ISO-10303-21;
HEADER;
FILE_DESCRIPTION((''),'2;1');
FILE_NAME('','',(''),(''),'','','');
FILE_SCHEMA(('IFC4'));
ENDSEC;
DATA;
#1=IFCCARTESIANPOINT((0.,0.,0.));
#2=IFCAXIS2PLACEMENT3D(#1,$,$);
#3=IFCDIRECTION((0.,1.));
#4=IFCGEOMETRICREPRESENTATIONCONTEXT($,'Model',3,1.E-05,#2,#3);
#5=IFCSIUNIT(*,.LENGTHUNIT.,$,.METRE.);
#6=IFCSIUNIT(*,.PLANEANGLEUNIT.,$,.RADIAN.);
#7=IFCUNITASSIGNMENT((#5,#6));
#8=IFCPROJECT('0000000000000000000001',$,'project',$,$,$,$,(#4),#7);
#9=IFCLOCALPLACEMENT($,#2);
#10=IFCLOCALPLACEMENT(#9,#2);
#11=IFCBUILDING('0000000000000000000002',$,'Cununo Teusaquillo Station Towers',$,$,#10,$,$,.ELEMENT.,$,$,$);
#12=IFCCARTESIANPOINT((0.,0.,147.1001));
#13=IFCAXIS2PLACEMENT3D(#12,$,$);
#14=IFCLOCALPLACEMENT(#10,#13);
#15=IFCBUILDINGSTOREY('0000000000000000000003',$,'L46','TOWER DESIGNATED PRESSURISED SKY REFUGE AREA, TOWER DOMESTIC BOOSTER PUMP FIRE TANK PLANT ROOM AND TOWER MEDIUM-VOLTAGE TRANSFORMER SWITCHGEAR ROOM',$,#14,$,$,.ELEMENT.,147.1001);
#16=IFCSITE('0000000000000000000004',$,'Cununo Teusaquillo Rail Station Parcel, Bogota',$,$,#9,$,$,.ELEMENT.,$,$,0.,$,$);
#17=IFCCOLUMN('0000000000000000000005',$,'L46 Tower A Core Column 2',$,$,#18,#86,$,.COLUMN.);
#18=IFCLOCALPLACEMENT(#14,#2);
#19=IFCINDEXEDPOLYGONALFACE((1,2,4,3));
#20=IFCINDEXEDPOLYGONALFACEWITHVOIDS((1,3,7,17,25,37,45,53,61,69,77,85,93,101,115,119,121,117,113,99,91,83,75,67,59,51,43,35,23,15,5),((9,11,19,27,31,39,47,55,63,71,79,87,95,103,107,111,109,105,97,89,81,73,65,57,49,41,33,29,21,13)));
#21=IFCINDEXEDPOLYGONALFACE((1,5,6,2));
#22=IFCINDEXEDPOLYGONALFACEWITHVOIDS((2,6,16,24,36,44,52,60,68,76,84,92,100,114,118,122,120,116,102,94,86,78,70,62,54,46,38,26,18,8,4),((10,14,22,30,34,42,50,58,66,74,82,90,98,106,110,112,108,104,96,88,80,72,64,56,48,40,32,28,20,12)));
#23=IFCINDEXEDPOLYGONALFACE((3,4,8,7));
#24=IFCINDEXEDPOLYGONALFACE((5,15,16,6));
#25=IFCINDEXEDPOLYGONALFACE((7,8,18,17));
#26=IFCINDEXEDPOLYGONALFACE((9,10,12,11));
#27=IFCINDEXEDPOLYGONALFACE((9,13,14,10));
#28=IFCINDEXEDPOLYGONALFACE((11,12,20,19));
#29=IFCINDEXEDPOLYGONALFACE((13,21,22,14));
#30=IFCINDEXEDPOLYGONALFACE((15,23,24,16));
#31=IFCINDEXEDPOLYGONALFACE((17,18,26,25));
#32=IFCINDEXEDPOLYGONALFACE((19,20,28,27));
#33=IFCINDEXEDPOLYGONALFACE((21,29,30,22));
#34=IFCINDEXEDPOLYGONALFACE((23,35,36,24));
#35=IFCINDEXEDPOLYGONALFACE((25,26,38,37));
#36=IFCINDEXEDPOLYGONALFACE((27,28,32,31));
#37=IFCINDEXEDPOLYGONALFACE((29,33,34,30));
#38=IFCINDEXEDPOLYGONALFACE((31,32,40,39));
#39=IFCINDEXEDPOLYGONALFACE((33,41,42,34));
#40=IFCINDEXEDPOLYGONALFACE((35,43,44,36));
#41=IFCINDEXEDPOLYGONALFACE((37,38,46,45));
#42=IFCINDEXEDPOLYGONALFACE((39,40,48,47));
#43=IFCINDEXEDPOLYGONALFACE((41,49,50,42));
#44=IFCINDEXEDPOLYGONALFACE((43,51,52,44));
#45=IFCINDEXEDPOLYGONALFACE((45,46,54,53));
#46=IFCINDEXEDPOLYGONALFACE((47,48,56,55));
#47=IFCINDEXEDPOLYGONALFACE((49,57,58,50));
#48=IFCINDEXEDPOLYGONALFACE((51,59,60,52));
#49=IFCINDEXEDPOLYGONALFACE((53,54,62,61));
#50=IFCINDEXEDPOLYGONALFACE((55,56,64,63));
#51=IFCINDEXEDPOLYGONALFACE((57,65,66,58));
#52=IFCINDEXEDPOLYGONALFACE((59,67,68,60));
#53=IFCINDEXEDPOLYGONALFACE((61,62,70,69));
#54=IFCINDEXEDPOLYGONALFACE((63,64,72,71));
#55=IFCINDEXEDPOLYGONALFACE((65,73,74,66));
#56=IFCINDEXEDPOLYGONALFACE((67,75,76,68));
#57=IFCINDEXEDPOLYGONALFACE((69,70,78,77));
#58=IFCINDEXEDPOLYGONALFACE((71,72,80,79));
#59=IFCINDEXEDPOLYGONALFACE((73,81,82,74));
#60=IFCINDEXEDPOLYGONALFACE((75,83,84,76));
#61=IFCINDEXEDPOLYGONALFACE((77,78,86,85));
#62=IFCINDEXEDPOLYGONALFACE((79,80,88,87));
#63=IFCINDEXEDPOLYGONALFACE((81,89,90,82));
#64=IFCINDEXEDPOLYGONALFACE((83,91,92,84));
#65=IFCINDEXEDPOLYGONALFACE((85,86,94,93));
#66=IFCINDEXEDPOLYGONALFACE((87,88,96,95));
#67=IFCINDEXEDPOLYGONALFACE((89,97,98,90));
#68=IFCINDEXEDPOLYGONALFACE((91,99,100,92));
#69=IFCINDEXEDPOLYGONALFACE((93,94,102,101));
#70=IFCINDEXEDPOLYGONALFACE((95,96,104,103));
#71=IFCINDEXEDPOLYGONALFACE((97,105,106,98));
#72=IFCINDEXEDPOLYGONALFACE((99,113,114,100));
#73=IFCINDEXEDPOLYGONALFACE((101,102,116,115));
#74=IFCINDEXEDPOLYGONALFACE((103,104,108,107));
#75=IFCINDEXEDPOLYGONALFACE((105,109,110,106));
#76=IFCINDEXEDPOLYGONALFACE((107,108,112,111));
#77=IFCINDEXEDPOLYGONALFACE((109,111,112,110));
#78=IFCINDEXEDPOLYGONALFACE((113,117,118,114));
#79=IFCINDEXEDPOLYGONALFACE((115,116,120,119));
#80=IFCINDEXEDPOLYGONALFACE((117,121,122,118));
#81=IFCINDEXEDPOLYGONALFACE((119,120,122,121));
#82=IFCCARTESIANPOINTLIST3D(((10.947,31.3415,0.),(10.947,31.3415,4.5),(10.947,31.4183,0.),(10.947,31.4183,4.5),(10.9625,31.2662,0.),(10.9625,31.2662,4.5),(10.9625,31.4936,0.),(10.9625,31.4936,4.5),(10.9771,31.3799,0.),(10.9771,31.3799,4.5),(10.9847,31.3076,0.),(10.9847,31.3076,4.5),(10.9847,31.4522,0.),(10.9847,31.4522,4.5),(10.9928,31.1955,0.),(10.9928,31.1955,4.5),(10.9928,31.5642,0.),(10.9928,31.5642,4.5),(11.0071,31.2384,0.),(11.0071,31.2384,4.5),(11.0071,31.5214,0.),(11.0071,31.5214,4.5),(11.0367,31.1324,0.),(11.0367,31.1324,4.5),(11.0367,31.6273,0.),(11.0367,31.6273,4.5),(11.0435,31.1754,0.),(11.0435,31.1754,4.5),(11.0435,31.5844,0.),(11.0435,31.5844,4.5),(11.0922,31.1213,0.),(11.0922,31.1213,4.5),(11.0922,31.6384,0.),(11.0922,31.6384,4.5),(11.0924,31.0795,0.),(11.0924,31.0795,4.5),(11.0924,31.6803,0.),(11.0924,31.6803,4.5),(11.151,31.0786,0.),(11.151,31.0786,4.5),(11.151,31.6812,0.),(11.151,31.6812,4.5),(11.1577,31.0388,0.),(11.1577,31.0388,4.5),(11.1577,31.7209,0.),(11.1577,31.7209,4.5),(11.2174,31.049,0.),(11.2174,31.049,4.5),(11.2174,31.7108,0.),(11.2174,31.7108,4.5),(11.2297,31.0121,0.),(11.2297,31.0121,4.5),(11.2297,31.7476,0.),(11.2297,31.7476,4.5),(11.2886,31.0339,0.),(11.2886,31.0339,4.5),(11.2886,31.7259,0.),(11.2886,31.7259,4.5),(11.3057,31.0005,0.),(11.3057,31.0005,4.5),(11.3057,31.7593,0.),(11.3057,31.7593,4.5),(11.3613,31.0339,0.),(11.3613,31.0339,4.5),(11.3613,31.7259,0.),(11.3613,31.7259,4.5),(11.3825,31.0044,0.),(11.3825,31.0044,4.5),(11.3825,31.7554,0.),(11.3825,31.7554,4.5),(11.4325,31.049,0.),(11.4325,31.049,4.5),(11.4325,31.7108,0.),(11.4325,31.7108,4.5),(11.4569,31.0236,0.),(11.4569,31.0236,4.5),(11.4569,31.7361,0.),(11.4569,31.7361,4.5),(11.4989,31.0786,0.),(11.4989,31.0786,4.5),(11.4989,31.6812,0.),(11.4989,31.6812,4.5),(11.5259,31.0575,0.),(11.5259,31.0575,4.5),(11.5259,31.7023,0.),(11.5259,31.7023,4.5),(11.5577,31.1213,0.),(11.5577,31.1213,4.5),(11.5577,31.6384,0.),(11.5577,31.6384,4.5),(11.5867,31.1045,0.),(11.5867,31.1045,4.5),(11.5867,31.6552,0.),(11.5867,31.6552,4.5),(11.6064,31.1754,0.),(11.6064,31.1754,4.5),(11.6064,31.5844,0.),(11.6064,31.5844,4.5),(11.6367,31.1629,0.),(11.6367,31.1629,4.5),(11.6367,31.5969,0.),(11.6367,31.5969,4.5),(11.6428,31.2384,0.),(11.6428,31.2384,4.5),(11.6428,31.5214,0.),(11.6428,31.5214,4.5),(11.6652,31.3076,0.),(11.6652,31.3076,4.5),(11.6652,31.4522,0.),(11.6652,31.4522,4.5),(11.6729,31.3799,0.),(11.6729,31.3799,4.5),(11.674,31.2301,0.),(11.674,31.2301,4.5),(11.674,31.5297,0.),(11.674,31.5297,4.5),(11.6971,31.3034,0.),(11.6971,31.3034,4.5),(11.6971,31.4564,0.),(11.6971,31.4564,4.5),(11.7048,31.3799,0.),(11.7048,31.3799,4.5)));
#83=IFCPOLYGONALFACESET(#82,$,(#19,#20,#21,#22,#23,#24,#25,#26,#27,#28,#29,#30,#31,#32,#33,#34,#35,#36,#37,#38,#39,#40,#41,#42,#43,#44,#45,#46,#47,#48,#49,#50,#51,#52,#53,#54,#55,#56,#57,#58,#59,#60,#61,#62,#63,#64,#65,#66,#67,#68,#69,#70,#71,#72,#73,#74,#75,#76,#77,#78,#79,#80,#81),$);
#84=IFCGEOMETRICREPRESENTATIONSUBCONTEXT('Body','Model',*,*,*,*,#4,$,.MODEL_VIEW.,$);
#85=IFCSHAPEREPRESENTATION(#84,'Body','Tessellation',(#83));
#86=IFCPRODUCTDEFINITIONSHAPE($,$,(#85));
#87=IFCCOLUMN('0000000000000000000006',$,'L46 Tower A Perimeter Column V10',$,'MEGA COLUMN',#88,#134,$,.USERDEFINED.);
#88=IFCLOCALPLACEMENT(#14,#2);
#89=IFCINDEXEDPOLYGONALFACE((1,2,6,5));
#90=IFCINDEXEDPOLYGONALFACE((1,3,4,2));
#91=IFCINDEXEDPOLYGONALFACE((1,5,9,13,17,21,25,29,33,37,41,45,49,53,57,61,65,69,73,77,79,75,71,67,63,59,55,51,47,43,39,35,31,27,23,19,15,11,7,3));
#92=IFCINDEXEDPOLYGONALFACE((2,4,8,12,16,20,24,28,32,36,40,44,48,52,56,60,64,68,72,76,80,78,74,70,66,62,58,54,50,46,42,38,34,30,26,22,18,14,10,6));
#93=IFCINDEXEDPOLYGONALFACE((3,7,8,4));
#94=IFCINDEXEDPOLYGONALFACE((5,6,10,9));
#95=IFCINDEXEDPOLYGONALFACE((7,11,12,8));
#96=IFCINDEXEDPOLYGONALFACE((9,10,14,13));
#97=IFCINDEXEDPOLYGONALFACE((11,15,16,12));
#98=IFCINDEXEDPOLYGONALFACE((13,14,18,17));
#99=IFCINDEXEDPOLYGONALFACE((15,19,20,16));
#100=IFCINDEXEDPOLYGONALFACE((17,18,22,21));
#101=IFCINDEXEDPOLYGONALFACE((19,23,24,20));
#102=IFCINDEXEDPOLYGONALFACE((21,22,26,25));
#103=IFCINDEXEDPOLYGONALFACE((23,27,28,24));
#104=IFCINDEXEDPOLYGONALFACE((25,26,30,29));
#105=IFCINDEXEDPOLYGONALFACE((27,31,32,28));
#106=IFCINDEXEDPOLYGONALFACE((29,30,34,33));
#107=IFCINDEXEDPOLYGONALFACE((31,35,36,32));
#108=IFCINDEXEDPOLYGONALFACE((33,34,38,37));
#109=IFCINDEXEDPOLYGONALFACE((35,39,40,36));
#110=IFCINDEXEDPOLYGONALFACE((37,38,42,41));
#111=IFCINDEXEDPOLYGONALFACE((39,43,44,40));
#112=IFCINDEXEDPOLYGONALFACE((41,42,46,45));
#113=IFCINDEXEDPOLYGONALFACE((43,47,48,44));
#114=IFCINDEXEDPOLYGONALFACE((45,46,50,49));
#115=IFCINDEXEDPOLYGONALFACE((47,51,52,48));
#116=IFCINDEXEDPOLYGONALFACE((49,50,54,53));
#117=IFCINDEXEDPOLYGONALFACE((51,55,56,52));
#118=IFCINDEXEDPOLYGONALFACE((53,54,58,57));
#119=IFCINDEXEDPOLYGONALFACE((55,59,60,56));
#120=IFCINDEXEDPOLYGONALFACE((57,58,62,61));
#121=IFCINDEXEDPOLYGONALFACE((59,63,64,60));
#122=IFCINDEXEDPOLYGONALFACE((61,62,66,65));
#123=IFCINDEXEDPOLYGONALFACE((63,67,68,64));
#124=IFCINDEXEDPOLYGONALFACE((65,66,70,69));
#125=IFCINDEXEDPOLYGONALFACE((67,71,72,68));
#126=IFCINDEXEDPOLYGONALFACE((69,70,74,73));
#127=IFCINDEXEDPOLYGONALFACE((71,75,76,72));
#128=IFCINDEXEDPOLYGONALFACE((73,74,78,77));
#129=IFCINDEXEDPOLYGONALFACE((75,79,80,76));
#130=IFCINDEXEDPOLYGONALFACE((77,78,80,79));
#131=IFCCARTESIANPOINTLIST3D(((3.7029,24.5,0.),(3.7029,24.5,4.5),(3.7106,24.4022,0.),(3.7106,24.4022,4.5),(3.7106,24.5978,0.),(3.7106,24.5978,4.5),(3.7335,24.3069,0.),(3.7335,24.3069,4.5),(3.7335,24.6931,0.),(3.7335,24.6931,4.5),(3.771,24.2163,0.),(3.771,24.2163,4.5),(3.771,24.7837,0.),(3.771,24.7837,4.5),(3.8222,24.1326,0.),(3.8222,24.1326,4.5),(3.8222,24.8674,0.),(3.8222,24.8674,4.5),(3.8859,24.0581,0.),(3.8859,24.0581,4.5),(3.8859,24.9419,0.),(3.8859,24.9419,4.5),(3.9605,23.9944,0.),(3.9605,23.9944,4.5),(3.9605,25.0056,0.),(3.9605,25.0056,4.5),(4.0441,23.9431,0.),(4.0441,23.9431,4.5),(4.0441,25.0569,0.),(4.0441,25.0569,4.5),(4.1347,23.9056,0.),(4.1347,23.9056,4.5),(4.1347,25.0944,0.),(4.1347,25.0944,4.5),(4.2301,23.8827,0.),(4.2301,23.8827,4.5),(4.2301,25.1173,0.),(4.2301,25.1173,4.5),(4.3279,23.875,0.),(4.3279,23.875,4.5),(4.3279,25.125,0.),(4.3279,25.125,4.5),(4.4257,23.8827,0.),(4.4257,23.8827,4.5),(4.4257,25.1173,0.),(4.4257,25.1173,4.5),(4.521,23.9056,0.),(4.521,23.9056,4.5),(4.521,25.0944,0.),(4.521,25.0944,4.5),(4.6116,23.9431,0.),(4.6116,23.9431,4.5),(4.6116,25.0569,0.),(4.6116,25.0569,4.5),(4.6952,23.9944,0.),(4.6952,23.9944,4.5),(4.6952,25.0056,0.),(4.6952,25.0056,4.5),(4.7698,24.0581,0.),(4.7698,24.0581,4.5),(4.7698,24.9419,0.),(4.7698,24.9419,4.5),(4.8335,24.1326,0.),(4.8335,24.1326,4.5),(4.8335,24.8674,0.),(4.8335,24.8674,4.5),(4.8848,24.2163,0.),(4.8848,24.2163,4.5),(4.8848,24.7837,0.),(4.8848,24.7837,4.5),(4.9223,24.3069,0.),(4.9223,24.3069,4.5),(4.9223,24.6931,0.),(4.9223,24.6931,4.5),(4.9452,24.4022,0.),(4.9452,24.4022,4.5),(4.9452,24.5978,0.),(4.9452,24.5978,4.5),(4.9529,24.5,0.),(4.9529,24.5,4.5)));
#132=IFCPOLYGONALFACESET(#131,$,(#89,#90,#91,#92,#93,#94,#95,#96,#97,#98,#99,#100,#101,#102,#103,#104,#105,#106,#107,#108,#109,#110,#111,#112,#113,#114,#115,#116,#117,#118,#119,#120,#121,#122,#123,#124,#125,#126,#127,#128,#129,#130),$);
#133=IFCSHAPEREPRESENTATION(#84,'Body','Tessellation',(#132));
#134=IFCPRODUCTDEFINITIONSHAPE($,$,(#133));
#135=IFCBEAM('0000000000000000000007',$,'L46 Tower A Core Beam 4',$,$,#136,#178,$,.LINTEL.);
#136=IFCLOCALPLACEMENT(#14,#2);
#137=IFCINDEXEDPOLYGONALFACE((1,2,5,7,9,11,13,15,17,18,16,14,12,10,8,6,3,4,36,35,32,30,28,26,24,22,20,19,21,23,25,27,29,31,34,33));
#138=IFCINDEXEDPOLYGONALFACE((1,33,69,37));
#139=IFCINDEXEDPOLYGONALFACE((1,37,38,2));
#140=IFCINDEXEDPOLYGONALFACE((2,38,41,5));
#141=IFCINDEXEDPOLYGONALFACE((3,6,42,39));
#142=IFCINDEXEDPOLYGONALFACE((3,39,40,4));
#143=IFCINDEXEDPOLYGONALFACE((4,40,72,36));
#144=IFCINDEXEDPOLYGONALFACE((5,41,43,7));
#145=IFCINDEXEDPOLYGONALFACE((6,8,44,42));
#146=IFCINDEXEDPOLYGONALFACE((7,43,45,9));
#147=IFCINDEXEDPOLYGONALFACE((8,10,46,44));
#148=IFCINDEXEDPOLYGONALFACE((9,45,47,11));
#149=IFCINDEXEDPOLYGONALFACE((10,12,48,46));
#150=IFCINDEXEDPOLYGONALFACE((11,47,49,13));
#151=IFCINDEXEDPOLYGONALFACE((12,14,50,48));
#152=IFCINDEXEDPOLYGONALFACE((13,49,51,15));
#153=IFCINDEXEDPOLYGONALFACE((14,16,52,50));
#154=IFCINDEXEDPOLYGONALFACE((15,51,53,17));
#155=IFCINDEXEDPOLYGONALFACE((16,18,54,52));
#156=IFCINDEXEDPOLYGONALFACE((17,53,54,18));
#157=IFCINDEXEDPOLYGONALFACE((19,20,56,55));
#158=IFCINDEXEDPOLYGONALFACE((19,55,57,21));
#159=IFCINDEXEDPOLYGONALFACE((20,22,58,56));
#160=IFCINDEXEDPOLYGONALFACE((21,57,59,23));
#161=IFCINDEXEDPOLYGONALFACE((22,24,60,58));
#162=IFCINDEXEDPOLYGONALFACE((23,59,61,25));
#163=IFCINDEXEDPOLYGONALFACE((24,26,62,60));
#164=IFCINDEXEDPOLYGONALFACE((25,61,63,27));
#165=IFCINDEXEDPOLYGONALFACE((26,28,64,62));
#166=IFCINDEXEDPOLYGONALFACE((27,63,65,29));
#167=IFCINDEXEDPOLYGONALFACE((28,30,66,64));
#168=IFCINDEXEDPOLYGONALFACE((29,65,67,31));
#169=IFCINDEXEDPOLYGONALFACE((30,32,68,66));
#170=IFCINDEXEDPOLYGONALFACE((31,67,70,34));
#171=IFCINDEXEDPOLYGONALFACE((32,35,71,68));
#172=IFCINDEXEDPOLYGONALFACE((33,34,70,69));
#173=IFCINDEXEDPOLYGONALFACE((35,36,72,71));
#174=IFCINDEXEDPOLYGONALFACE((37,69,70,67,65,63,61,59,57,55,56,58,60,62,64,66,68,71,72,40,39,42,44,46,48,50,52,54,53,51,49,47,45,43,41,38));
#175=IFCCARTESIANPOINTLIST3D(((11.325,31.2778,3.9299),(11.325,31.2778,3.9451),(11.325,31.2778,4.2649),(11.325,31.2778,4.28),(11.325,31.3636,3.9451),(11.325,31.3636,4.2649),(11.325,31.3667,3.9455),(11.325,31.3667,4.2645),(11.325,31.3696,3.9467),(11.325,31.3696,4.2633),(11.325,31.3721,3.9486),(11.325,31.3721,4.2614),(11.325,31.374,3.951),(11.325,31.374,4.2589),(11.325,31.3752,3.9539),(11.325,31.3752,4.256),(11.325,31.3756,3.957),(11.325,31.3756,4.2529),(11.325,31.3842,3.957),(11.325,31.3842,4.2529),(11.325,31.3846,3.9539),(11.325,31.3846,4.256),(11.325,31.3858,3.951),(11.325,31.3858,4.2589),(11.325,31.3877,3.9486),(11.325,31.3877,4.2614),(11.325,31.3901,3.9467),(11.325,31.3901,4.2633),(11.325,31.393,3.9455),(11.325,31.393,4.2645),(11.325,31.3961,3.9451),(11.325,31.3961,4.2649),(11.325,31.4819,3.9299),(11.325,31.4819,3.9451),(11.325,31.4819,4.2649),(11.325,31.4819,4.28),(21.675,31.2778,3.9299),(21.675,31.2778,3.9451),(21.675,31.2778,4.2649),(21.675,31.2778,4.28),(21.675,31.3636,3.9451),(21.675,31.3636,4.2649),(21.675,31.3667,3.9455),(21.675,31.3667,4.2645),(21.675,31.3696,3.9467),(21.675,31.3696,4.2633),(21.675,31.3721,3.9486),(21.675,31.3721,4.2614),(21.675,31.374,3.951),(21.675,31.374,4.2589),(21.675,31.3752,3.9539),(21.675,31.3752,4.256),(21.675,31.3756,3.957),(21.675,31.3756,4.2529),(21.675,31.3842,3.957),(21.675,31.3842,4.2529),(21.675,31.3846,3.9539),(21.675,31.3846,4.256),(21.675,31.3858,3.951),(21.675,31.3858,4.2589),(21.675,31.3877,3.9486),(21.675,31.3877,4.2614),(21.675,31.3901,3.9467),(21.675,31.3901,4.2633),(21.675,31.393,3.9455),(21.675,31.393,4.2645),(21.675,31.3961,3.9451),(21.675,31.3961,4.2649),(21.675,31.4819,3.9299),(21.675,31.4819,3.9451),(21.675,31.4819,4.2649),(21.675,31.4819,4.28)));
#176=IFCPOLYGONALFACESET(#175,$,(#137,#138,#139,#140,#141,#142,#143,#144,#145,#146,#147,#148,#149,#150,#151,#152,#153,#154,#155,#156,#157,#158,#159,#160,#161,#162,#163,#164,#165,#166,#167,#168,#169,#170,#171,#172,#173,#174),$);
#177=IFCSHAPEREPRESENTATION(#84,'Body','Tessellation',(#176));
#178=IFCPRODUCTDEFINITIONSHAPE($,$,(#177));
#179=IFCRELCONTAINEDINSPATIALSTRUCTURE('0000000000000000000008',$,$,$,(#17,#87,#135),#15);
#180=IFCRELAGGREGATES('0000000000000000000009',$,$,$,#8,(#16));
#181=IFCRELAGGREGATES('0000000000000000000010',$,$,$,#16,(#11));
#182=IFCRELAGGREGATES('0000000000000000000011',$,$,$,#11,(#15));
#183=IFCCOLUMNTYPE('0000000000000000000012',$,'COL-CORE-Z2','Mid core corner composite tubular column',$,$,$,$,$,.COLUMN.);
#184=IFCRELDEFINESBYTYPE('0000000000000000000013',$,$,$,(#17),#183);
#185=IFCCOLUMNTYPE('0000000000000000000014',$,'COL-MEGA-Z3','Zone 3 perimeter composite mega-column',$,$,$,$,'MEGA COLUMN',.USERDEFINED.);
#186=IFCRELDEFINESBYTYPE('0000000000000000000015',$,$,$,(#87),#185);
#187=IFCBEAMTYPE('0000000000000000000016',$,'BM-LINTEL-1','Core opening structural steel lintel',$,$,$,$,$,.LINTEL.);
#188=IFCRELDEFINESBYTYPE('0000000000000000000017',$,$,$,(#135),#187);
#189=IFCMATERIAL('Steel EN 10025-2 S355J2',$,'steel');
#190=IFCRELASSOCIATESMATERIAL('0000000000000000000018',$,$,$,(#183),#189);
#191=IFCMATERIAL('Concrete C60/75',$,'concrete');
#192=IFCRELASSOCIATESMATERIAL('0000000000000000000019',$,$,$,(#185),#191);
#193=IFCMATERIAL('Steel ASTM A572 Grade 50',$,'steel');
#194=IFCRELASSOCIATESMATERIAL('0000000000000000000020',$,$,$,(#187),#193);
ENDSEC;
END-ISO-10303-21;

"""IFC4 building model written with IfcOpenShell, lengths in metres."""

from ifc_helpers import new_model, si_unit, direction, frame, origin, origin_2d, place, context, subcontext, project, spatial, circle, hollow_circle, i_section, extrude, material, material_profile, profile_set, type_object, element, save


model = new_model("IFC4")

# Units and contexts
model_context = context("Model", 3, precision=1e-05, world=origin(), true_north=direction((0.0, 1.0)))
body_context = subcontext(model_context, "Body", "Model", "MODEL_VIEW")
ifc_project = project(units=[si_unit("LENGTHUNIT", "METRE"), si_unit("PLANEANGLEUNIT", "RADIAN")], contexts=[model_context])

# Site, building, storey
site_placement = place(None, origin())
site = spatial("IfcSite", under=ifc_project, at=site_placement, Name="Cununo Teusaquillo Rail Station Parcel, Bogota", CompositionType="ELEMENT", RefElevation=0.0)
building_placement = place(site_placement, origin())
building = spatial("IfcBuilding", under=site, at=building_placement, Name="Cununo Teusaquillo Station Towers", CompositionType="ELEMENT")
storey_placement = place(building_placement, frame((0.0, 0.0, 147.1001)))
storey = spatial("IfcBuildingStorey", under=building, at=storey_placement, Name="L46", Description="TOWER DESIGNATED PRESSURISED SKY REFUGE AREA, TOWER DOMESTIC BOOSTER PUMP FIRE TANK PLANT ROOM AND TOWER MEDIUM-VOLTAGE TRANSFORMER SWITCHGEAR ROOM", CompositionType="ELEMENT", Elevation=147.1001)

# Columns
ifc_material_1 = material(Name="Steel EN 10025-2 S355J2", Category="steel")
ifc_material_profile_1 = material_profile(ifc_material_1, hollow_circle(Radius=0.3799, WallThickness=0.032, at=origin_2d()), Name="CHS 760x32")
ifc_profile_set_1 = profile_set([ifc_material_profile_1], Name="Steel EN 10025-2 S355J2")
column_type_1 = type_object("IfcColumnType", Name="COL-CORE-Z2", Description="Mid core corner composite tubular column", PredefinedType="COLUMN", material=ifc_profile_set_1)
column_1_placement = place(storey_placement, frame((11.325, 31.3799, 0.0), z_axis=(0.0, 0.0, 1.0), x_axis=(1.0, 0.0, 0.0)))
element("IfcColumn", 1, at=column_1_placement, inside=storey, type_object=column_type_1, Name="L46 Tower A Core Column 2", PredefinedType="COLUMN", context=body_context, shape_type="SweptSolid", body=[
    extrude(hollow_circle(Radius=0.3799, WallThickness=0.032, at=origin_2d()), origin(), (0.0, 0.0, 1.0), 4.5),
])
ifc_material_2 = material(Name="Concrete C60/75", Category="concrete")
ifc_material_profile_2 = material_profile(ifc_material_2, circle(Radius=0.625, at=origin_2d()), Name="RC-CIRC-1250")
ifc_profile_set_2 = profile_set([ifc_material_profile_2], Name="Concrete C60/75")
column_type_2 = type_object("IfcColumnType", Name="COL-MEGA-Z3", Description="Zone 3 perimeter composite mega-column", ElementType="MEGA COLUMN", PredefinedType="USERDEFINED", material=ifc_profile_set_2)
column_2_placement = place(storey_placement, frame((4.3279, 24.5, 0.0), z_axis=(0.0, 0.0, 1.0), x_axis=(1.0, 0.0, 0.0)))
element("IfcColumn", 2, at=column_2_placement, inside=storey, type_object=column_type_2, Name="L46 Tower A Perimeter Column V10", ObjectType="MEGA COLUMN", PredefinedType="USERDEFINED", context=body_context, shape_type="SweptSolid", body=[
    extrude(circle(Radius=0.625, at=origin_2d()), origin(), (0.0, 0.0, 1.0), 4.5),
])

# Beam
ifc_material_3 = material(Name="Steel ASTM A572 Grade 50", Category="steel")
ifc_material_profile_3 = material_profile(ifc_material_3, i_section(OverallWidth=0.2041, OverallDepth=0.3501, WebThickness=0.0085, FlangeThickness=0.0151, FilletRadius=0.012, at=origin_2d()), Name="W14X48")
ifc_profile_set_3 = profile_set([ifc_material_profile_3], Name="Steel ASTM A572 Grade 50")
beam_type_1 = type_object("IfcBeamType", Name="BM-LINTEL-1", Description="Core opening structural steel lintel", PredefinedType="LINTEL", material=ifc_profile_set_3)
beam_1_placement = place(storey_placement, frame((11.325, 31.3799, 4.105), z_axis=(1.0, 0.0, 0.0), x_axis=(0.0, 1.0, 0.0)))
element("IfcBeam", 3, at=beam_1_placement, inside=storey, type_object=beam_type_1, Name="L46 Tower A Core Beam 4", PredefinedType="LINTEL", context=body_context, shape_type="SweptSolid", body=[
    extrude(i_section(OverallWidth=0.2041, OverallDepth=0.3501, WebThickness=0.0085, FlangeThickness=0.0151, FilletRadius=0.012, at=origin_2d()), origin(), (0.0, 0.0, 1.0), 10.3501),
])

save(model, "model.ifc")
